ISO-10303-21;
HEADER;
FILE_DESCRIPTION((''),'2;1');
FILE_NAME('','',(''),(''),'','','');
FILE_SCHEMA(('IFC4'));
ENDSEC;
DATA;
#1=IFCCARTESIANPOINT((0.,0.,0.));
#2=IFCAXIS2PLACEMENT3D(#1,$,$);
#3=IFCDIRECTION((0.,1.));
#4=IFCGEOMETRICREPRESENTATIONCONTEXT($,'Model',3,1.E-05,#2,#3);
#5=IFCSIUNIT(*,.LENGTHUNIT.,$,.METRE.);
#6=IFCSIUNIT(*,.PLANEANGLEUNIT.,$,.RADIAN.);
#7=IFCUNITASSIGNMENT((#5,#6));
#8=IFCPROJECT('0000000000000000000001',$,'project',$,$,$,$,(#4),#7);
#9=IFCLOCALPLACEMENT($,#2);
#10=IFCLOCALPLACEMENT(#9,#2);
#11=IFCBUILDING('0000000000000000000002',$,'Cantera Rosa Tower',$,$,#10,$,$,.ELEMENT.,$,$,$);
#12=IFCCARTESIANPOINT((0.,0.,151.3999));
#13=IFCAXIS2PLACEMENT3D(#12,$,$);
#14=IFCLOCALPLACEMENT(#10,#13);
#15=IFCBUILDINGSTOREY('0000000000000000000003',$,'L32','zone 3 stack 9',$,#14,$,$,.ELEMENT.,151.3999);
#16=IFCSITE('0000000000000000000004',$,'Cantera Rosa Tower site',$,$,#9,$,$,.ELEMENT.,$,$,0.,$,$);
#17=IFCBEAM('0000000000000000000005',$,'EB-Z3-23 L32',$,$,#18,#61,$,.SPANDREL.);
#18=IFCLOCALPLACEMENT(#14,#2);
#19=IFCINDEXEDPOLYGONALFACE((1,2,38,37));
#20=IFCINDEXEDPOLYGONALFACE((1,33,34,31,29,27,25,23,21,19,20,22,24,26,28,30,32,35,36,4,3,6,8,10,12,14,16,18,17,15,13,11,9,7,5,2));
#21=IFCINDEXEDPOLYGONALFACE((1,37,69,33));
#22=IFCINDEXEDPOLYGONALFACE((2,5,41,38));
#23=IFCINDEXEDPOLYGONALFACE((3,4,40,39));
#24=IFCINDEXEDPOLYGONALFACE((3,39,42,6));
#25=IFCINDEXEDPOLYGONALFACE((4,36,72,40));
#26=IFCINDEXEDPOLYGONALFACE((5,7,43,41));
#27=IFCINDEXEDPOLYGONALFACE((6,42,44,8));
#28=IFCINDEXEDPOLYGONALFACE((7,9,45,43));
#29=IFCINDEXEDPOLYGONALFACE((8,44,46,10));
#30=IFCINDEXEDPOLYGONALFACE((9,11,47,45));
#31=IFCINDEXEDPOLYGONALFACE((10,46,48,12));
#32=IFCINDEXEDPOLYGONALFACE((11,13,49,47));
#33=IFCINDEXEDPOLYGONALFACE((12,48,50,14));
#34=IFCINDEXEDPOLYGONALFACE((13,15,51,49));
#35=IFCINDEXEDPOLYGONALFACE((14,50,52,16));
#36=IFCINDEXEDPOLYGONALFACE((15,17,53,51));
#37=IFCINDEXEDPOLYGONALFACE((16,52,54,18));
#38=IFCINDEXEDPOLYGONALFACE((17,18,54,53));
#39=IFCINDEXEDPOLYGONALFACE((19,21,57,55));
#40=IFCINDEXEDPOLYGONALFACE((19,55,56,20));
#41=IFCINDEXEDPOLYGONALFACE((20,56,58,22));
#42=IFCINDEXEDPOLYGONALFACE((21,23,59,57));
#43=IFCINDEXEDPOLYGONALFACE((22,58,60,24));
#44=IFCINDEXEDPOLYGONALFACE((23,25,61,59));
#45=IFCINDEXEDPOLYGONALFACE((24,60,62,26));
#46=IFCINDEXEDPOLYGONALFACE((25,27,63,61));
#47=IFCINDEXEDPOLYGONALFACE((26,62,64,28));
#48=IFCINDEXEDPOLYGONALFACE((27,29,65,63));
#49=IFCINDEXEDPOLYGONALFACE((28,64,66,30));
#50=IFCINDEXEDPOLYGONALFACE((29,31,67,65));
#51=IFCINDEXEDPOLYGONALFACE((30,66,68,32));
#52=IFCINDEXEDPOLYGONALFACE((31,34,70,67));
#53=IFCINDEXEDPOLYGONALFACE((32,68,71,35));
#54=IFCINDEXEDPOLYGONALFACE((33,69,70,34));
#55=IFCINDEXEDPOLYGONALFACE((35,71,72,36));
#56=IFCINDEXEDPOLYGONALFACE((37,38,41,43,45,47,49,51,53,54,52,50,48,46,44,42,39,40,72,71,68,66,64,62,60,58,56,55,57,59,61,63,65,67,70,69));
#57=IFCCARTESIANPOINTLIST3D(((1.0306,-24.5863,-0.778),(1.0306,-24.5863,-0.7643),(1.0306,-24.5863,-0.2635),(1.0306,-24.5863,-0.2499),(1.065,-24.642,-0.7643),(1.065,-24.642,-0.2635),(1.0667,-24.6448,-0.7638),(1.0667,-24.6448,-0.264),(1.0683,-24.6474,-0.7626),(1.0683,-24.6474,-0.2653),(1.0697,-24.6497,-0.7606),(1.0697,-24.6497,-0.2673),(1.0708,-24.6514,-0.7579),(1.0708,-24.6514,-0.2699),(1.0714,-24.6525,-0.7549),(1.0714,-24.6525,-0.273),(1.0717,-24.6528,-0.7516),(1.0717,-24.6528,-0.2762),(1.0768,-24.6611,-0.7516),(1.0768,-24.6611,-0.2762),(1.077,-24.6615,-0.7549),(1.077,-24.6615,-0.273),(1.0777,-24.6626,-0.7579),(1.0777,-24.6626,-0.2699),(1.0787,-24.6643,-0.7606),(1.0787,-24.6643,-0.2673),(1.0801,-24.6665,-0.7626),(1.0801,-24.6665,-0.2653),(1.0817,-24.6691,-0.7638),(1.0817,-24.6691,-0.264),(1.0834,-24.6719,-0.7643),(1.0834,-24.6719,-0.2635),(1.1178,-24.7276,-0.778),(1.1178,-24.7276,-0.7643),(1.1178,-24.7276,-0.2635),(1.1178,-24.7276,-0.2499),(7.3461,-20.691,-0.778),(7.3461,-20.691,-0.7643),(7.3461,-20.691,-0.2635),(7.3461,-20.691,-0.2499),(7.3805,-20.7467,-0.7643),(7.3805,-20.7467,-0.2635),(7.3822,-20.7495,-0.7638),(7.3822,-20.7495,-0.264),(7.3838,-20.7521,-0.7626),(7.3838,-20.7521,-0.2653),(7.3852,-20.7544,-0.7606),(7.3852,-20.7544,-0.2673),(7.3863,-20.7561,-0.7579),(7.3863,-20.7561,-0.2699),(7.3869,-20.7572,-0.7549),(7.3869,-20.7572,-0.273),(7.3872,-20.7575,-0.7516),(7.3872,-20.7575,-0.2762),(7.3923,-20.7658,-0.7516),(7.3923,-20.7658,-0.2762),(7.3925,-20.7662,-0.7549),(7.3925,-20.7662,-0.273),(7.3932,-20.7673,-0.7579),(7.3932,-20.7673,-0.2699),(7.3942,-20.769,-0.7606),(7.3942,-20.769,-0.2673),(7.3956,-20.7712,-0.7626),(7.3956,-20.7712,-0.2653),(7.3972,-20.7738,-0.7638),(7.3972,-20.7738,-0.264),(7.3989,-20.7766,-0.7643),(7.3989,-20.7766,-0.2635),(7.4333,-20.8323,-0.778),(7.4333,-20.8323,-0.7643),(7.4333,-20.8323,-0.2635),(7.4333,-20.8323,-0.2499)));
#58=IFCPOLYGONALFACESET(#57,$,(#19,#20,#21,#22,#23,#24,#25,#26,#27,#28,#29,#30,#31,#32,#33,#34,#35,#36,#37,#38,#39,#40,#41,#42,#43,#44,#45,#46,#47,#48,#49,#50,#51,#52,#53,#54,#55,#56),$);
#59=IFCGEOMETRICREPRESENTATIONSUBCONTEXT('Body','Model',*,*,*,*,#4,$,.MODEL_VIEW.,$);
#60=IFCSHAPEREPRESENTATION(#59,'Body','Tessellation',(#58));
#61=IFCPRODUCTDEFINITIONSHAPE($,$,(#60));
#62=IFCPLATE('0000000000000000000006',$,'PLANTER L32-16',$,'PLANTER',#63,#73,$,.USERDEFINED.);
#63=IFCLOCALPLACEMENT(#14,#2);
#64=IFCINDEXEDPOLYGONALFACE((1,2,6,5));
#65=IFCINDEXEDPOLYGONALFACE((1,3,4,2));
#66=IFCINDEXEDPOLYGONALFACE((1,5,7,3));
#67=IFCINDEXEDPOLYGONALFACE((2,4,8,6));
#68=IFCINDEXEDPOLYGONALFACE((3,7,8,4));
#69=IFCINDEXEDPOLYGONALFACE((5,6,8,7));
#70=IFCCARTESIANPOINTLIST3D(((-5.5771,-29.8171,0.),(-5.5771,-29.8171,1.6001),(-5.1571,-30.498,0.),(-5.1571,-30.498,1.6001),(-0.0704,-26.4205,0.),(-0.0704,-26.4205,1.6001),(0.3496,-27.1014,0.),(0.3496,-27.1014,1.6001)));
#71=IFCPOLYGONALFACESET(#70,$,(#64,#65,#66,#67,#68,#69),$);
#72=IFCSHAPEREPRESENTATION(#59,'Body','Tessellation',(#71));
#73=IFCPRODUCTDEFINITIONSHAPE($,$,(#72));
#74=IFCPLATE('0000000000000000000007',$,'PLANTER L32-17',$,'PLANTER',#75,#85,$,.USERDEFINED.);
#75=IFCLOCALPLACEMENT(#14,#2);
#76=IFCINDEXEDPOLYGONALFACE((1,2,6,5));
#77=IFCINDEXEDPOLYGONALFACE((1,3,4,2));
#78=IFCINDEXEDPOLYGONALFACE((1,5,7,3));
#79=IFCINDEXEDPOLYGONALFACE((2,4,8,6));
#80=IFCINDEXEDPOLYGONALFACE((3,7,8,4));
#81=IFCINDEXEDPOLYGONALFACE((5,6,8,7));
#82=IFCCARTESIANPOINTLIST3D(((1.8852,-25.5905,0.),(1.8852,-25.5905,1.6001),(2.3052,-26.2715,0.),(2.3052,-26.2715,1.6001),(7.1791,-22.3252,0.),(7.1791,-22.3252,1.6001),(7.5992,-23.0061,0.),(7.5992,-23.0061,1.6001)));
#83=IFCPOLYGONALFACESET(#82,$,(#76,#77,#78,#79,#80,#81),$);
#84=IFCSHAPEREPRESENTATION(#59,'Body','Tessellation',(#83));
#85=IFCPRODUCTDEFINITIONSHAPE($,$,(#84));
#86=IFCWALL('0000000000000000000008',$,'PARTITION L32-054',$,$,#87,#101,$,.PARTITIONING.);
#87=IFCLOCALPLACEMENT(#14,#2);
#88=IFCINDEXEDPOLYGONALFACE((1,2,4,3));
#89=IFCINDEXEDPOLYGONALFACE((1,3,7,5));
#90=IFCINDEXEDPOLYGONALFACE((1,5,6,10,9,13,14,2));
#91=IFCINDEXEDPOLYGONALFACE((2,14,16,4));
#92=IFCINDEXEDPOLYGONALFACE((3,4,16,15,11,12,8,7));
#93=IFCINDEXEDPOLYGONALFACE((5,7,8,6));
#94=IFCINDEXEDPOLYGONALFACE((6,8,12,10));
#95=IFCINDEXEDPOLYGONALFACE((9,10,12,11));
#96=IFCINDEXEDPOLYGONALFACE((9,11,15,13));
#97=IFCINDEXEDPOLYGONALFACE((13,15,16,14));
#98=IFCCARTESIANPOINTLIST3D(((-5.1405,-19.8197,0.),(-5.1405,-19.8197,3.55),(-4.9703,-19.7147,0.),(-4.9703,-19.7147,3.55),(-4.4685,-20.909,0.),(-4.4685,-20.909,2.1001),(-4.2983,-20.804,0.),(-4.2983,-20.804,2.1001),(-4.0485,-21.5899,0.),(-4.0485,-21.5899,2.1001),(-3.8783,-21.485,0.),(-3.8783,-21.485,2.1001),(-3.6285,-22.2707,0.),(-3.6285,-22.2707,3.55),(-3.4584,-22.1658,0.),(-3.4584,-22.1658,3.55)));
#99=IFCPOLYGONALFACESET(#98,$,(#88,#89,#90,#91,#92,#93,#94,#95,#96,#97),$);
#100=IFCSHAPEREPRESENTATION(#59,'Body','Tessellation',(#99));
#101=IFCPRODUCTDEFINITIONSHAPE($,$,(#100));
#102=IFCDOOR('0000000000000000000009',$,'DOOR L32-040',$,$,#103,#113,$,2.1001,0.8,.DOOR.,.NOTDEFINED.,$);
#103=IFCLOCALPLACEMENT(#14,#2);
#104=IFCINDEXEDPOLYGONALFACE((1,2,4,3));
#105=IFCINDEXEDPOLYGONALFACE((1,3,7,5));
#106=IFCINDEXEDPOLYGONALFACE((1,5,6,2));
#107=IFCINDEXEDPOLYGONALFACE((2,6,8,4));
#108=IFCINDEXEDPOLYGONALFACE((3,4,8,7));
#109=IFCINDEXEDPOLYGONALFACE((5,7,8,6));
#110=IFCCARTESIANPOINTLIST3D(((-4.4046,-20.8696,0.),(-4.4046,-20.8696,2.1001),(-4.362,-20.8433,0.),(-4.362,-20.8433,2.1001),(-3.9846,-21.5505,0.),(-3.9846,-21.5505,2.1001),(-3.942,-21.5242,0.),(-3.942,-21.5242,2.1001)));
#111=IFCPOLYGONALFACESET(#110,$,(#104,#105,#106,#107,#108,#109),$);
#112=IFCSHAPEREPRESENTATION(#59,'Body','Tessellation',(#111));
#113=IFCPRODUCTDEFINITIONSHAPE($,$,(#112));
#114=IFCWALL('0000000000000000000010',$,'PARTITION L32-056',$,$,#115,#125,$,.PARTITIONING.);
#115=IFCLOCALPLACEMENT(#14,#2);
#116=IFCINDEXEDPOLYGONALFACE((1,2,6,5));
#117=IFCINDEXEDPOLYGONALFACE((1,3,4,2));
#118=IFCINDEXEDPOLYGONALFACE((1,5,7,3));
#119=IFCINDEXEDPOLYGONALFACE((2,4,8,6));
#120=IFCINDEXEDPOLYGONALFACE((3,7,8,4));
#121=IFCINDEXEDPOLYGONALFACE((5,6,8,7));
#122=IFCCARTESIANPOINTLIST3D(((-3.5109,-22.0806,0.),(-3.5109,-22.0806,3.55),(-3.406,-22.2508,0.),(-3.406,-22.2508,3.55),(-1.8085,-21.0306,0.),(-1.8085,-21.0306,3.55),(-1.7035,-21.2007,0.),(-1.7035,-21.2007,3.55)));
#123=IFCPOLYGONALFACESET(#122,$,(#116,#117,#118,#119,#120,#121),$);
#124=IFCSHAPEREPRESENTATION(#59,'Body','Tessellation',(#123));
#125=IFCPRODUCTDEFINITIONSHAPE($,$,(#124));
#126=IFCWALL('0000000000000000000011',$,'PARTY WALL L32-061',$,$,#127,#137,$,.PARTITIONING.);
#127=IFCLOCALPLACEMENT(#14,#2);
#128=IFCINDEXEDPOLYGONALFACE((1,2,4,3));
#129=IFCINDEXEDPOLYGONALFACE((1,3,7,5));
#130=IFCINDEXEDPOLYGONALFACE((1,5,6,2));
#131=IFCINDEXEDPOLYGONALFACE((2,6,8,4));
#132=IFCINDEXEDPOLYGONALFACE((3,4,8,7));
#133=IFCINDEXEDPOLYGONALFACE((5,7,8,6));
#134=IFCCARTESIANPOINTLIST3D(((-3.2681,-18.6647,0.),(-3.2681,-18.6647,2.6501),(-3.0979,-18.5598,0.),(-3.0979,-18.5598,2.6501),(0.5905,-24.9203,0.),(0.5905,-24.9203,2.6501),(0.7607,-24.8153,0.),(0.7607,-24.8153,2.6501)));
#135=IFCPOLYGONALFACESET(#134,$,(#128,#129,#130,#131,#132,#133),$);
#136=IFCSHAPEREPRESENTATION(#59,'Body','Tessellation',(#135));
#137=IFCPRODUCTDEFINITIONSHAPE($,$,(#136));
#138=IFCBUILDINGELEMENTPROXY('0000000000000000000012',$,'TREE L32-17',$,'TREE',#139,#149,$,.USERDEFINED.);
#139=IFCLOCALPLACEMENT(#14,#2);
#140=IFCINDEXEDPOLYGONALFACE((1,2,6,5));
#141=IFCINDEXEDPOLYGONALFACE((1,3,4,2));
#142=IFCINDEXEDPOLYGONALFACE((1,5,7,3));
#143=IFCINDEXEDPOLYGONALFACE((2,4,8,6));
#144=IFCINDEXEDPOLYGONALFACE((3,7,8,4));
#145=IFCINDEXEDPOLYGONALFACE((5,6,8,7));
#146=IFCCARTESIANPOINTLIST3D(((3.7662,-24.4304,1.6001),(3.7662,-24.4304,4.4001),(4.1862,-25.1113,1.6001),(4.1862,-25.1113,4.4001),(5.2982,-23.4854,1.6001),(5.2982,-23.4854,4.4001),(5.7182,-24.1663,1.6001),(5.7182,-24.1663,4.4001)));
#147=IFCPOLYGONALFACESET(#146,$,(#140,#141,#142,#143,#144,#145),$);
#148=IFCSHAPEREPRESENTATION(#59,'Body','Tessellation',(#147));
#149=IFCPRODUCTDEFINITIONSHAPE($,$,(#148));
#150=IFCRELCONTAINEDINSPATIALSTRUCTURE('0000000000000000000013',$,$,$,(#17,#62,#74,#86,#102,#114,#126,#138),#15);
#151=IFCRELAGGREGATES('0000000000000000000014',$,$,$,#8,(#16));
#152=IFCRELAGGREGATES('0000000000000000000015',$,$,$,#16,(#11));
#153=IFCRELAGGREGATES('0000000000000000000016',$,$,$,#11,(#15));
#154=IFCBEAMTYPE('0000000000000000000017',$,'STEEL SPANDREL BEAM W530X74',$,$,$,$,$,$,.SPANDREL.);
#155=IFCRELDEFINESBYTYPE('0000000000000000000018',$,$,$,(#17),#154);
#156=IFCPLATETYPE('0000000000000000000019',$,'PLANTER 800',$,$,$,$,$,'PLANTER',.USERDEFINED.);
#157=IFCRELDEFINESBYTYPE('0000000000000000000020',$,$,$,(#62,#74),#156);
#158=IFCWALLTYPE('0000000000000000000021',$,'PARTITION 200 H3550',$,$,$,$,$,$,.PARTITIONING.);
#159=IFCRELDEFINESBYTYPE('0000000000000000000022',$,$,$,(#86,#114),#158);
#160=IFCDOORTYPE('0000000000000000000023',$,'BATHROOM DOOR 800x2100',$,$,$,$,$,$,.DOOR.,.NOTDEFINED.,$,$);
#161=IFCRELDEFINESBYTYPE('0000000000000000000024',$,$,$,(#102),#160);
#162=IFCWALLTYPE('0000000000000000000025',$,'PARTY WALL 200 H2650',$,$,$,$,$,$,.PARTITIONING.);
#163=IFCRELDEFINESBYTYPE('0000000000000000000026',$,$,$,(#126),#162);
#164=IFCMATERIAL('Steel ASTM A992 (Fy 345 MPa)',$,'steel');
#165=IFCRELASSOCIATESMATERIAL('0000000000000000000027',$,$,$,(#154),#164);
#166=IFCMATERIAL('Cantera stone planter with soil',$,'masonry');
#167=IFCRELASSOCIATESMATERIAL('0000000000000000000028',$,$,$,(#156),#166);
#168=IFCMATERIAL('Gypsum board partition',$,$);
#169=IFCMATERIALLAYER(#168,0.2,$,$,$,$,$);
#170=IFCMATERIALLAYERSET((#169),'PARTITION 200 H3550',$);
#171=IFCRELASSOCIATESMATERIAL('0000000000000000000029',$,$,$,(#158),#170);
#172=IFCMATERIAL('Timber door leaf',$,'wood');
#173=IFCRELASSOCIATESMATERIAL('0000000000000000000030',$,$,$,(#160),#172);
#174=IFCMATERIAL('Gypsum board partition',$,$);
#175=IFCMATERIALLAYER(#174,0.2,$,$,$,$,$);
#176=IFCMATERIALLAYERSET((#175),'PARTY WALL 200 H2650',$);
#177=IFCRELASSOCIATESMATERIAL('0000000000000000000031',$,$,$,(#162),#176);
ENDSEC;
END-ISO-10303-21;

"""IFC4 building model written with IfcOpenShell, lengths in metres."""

from ifc_helpers import new_model, si_unit, direction, frame, frame_2d, origin, origin_2d, place, context, subcontext, project, spatial, rectangle, i_section, extrude, material, layer, layer_set, material_profile, profile_set, type_object, element, fill, save


model = new_model("IFC4")

# Units and contexts
model_context = context("Model", 3, precision=1e-05, world=origin(), true_north=direction((0.0, 1.0)))
body_context = subcontext(model_context, "Body", "Model", "MODEL_VIEW")
ifc_project = project(units=[si_unit("LENGTHUNIT", "METRE"), si_unit("PLANEANGLEUNIT", "RADIAN")], contexts=[model_context])

# Site, building, storey
site_placement = place(None, origin())
site = spatial("IfcSite", under=ifc_project, at=site_placement, Name="Cantera Rosa Tower site", CompositionType="ELEMENT", RefElevation=0.0)
building_placement = place(site_placement, origin())
building = spatial("IfcBuilding", under=site, at=building_placement, Name="Cantera Rosa Tower", CompositionType="ELEMENT")
storey_placement = place(building_placement, frame((0.0, 0.0, 151.3999)))
storey = spatial("IfcBuildingStorey", under=building, at=storey_placement, Name="L32", Description="zone 3 stack 9", CompositionType="ELEMENT", Elevation=151.3999)

# Beam
ifc_material_1 = material(Name="Steel ASTM A992 (Fy 345 MPa)", Category="steel")
ifc_material_profile_1 = material_profile(ifc_material_1, i_section(OverallWidth=0.166, OverallDepth=0.5281, WebThickness=0.0098, FlangeThickness=0.0137, FilletRadius=0.0127, at=origin_2d()), Name="W530X74")
ifc_profile_set_1 = profile_set([ifc_material_profile_1], Name="Steel ASTM A992 (Fy 345 MPa)")
beam_type_1 = type_object("IfcBeamType", Name="STEEL SPANDREL BEAM W530X74", PredefinedType="SPANDREL", material=ifc_profile_set_1)
beam_1_placement = place(storey_placement, frame((1.0742, -24.657, -0.5139), z_axis=(0.851126, 0.524962, 0.0), x_axis=(-0.524962, 0.851126, 0.0)))
element("IfcBeam", 1, at=beam_1_placement, inside=storey, type_object=beam_type_1, Name="EB-Z3-23 L32", PredefinedType="SPANDREL", context=body_context, shape_type="SweptSolid", body=[
    extrude(i_section(OverallWidth=0.166, OverallDepth=0.5281, WebThickness=0.0098, FlangeThickness=0.0137, FilletRadius=0.0127, at=origin_2d()), origin(), (0.0, 0.0, 1.0), 7.4202),
])

# Plates
ifc_material_2 = material(Name="Cantera stone planter with soil", Category="masonry")
plate_type = type_object("IfcPlateType", Name="PLANTER 800", ElementType="PLANTER", PredefinedType="USERDEFINED", material=ifc_material_2)
plate_1_placement = place(storey_placement, frame((-2.6138, -28.4592, 0.0), z_axis=(0.0, 0.0, 1.0), x_axis=(0.851117, 0.524977, 0.0)))
element("IfcPlate", 2, at=plate_1_placement, inside=storey, type_object=plate_type, Name="PLANTER L32-16", ObjectType="PLANTER", PredefinedType="USERDEFINED", context=body_context, shape_type="SweptSolid", body=[
    extrude(rectangle(XDim=6.47, YDim=0.8, at=origin_2d()), origin(), (0.0, 0.0, 1.0), 1.6001),
])
plate_2_placement = place(storey_placement, frame((4.7422, -24.2983, 0.0), z_axis=(0.0, 0.0, 1.0), x_axis=(0.851117, 0.524977, 0.0)))
element("IfcPlate", 3, at=plate_2_placement, inside=storey, type_object=plate_type, Name="PLANTER L32-17", ObjectType="PLANTER", PredefinedType="USERDEFINED", context=body_context, shape_type="SweptSolid", body=[
    extrude(rectangle(XDim=6.22, YDim=0.8, at=origin_2d()), origin(), (0.0, 0.0, 1.0), 1.6001),
])

# Wall, opening, door
ifc_material_3 = material(Name="Gypsum board partition")
ifc_layer_1 = layer(ifc_material_3, 0.2)
ifc_layer_set_1 = layer_set([ifc_layer_1], Name="PARTITION 200 H3550")
wall_type_1 = type_object("IfcWallType", Name="PARTITION 200 H3550", PredefinedType="PARTITIONING", material=ifc_layer_set_1)
wall_1_placement = place(storey_placement, frame((-3.5435, -22.2183, 0.0), z_axis=(0.0, 0.0, 1.0), x_axis=(-0.524991, 0.851108, 0.0)))
wall_1 = element("IfcWall", 4, at=wall_1_placement, inside=storey, type_object=wall_type_1, Name="PARTITION L32-054", PredefinedType="PARTITIONING", context=body_context, shape_type="SweptSolid", body=[
    extrude(rectangle(XDim=2.8799, YDim=0.2, at=frame_2d((1.4399, 0.0))), origin(), (0.0, 0.0, 1.0), 3.55),
])
opening_1_placement = place(wall_1_placement, frame((0.8, 0.0, 0.0)))
opening_1 = element("IfcOpeningElement", 5, at=opening_1_placement, cuts=wall_1, PredefinedType="OPENING", context=body_context, shape_type="SweptSolid", body=[
    extrude(rectangle(XDim=0.8, YDim=2.1001, at=frame_2d((0.3999, 1.05))), frame((0.0, 0.1099, 0.0), z_axis=(0.0, -1.0, 0.0), x_axis=(1.0, 0.0, 0.0)), (0.0, 0.0, 1.0), 0.22),
])
ifc_material_4 = material(Name="Timber door leaf", Category="wood")
door_type_1 = type_object("IfcDoorType", Name="BATHROOM DOOR 800x2100", OperationType="NOTDEFINED", PredefinedType="DOOR", material=ifc_material_4)
door_1_placement = place(opening_1_placement, origin())
door_1 = element("IfcDoor", 6, at=door_1_placement, inside=storey, type_object=door_type_1, Name="DOOR L32-040", OperationType="NOTDEFINED", OverallHeight=2.1001, OverallWidth=0.8, PredefinedType="DOOR", context=body_context, shape_type="SweptSolid", body=[
    extrude(rectangle(XDim=0.8, YDim=2.1001, at=frame_2d((0.3999, 1.05))), frame((0.0, 0.0249, 0.0), z_axis=(0.0, -1.0, 0.0), x_axis=(1.0, 0.0, 0.0)), (0.0, 0.0, 1.0), 0.05),
])
fill(opening_1, door_1)

# Walls
wall_2_placement = place(storey_placement, frame((-1.7561, -21.1157, 0.0), z_axis=(0.0, 0.0, 1.0), x_axis=(-0.851117, -0.524976, 0.0)))
element("IfcWall", 7, at=wall_2_placement, inside=storey, type_object=wall_type_1, Name="PARTITION L32-056", PredefinedType="PARTITIONING", context=body_context, shape_type="SweptSolid", body=[
    extrude(rectangle(XDim=2.0002, YDim=0.2, at=frame_2d((1.0, 0.0))), origin(), (0.0, 0.0, 1.0), 3.55),
])
ifc_material_5 = material(Name="Gypsum board partition")
ifc_layer_2 = layer(ifc_material_5, 0.2)
ifc_layer_set_2 = layer_set([ifc_layer_2], Name="PARTY WALL 200 H2650")
wall_type_2 = type_object("IfcWallType", Name="PARTY WALL 200 H2650", PredefinedType="PARTITIONING", material=ifc_layer_set_2)
wall_3_placement = place(storey_placement, frame((0.6755, -24.8677, 0.0), z_axis=(0.0, 0.0, 1.0), x_axis=(-0.524989, 0.851109, 0.0)))
element("IfcWall", 8, at=wall_3_placement, inside=storey, type_object=wall_type_2, Name="PARTY WALL L32-061", PredefinedType="PARTITIONING", context=body_context, shape_type="SweptSolid", body=[
    extrude(rectangle(XDim=7.3499, YDim=0.2, at=frame_2d((3.6748, 0.0))), origin(), (0.0, 0.0, 1.0), 2.6501),
])

# Building element proxy
proxy_placement = place(storey_placement, frame((4.7422, -24.2983, 1.6001), z_axis=(0.0, 0.0, 1.0), x_axis=(0.851117, 0.524977, 0.0)))
element("IfcBuildingElementProxy", 9, at=proxy_placement, inside=storey, Name="TREE L32-17", ObjectType="TREE", PredefinedType="USERDEFINED", context=body_context, shape_type="SweptSolid", body=[
    extrude(rectangle(XDim=1.8, YDim=0.8, at=origin_2d()), origin(), (0.0, 0.0, 1.0), 2.8),
])

save(model, "model.ifc")
